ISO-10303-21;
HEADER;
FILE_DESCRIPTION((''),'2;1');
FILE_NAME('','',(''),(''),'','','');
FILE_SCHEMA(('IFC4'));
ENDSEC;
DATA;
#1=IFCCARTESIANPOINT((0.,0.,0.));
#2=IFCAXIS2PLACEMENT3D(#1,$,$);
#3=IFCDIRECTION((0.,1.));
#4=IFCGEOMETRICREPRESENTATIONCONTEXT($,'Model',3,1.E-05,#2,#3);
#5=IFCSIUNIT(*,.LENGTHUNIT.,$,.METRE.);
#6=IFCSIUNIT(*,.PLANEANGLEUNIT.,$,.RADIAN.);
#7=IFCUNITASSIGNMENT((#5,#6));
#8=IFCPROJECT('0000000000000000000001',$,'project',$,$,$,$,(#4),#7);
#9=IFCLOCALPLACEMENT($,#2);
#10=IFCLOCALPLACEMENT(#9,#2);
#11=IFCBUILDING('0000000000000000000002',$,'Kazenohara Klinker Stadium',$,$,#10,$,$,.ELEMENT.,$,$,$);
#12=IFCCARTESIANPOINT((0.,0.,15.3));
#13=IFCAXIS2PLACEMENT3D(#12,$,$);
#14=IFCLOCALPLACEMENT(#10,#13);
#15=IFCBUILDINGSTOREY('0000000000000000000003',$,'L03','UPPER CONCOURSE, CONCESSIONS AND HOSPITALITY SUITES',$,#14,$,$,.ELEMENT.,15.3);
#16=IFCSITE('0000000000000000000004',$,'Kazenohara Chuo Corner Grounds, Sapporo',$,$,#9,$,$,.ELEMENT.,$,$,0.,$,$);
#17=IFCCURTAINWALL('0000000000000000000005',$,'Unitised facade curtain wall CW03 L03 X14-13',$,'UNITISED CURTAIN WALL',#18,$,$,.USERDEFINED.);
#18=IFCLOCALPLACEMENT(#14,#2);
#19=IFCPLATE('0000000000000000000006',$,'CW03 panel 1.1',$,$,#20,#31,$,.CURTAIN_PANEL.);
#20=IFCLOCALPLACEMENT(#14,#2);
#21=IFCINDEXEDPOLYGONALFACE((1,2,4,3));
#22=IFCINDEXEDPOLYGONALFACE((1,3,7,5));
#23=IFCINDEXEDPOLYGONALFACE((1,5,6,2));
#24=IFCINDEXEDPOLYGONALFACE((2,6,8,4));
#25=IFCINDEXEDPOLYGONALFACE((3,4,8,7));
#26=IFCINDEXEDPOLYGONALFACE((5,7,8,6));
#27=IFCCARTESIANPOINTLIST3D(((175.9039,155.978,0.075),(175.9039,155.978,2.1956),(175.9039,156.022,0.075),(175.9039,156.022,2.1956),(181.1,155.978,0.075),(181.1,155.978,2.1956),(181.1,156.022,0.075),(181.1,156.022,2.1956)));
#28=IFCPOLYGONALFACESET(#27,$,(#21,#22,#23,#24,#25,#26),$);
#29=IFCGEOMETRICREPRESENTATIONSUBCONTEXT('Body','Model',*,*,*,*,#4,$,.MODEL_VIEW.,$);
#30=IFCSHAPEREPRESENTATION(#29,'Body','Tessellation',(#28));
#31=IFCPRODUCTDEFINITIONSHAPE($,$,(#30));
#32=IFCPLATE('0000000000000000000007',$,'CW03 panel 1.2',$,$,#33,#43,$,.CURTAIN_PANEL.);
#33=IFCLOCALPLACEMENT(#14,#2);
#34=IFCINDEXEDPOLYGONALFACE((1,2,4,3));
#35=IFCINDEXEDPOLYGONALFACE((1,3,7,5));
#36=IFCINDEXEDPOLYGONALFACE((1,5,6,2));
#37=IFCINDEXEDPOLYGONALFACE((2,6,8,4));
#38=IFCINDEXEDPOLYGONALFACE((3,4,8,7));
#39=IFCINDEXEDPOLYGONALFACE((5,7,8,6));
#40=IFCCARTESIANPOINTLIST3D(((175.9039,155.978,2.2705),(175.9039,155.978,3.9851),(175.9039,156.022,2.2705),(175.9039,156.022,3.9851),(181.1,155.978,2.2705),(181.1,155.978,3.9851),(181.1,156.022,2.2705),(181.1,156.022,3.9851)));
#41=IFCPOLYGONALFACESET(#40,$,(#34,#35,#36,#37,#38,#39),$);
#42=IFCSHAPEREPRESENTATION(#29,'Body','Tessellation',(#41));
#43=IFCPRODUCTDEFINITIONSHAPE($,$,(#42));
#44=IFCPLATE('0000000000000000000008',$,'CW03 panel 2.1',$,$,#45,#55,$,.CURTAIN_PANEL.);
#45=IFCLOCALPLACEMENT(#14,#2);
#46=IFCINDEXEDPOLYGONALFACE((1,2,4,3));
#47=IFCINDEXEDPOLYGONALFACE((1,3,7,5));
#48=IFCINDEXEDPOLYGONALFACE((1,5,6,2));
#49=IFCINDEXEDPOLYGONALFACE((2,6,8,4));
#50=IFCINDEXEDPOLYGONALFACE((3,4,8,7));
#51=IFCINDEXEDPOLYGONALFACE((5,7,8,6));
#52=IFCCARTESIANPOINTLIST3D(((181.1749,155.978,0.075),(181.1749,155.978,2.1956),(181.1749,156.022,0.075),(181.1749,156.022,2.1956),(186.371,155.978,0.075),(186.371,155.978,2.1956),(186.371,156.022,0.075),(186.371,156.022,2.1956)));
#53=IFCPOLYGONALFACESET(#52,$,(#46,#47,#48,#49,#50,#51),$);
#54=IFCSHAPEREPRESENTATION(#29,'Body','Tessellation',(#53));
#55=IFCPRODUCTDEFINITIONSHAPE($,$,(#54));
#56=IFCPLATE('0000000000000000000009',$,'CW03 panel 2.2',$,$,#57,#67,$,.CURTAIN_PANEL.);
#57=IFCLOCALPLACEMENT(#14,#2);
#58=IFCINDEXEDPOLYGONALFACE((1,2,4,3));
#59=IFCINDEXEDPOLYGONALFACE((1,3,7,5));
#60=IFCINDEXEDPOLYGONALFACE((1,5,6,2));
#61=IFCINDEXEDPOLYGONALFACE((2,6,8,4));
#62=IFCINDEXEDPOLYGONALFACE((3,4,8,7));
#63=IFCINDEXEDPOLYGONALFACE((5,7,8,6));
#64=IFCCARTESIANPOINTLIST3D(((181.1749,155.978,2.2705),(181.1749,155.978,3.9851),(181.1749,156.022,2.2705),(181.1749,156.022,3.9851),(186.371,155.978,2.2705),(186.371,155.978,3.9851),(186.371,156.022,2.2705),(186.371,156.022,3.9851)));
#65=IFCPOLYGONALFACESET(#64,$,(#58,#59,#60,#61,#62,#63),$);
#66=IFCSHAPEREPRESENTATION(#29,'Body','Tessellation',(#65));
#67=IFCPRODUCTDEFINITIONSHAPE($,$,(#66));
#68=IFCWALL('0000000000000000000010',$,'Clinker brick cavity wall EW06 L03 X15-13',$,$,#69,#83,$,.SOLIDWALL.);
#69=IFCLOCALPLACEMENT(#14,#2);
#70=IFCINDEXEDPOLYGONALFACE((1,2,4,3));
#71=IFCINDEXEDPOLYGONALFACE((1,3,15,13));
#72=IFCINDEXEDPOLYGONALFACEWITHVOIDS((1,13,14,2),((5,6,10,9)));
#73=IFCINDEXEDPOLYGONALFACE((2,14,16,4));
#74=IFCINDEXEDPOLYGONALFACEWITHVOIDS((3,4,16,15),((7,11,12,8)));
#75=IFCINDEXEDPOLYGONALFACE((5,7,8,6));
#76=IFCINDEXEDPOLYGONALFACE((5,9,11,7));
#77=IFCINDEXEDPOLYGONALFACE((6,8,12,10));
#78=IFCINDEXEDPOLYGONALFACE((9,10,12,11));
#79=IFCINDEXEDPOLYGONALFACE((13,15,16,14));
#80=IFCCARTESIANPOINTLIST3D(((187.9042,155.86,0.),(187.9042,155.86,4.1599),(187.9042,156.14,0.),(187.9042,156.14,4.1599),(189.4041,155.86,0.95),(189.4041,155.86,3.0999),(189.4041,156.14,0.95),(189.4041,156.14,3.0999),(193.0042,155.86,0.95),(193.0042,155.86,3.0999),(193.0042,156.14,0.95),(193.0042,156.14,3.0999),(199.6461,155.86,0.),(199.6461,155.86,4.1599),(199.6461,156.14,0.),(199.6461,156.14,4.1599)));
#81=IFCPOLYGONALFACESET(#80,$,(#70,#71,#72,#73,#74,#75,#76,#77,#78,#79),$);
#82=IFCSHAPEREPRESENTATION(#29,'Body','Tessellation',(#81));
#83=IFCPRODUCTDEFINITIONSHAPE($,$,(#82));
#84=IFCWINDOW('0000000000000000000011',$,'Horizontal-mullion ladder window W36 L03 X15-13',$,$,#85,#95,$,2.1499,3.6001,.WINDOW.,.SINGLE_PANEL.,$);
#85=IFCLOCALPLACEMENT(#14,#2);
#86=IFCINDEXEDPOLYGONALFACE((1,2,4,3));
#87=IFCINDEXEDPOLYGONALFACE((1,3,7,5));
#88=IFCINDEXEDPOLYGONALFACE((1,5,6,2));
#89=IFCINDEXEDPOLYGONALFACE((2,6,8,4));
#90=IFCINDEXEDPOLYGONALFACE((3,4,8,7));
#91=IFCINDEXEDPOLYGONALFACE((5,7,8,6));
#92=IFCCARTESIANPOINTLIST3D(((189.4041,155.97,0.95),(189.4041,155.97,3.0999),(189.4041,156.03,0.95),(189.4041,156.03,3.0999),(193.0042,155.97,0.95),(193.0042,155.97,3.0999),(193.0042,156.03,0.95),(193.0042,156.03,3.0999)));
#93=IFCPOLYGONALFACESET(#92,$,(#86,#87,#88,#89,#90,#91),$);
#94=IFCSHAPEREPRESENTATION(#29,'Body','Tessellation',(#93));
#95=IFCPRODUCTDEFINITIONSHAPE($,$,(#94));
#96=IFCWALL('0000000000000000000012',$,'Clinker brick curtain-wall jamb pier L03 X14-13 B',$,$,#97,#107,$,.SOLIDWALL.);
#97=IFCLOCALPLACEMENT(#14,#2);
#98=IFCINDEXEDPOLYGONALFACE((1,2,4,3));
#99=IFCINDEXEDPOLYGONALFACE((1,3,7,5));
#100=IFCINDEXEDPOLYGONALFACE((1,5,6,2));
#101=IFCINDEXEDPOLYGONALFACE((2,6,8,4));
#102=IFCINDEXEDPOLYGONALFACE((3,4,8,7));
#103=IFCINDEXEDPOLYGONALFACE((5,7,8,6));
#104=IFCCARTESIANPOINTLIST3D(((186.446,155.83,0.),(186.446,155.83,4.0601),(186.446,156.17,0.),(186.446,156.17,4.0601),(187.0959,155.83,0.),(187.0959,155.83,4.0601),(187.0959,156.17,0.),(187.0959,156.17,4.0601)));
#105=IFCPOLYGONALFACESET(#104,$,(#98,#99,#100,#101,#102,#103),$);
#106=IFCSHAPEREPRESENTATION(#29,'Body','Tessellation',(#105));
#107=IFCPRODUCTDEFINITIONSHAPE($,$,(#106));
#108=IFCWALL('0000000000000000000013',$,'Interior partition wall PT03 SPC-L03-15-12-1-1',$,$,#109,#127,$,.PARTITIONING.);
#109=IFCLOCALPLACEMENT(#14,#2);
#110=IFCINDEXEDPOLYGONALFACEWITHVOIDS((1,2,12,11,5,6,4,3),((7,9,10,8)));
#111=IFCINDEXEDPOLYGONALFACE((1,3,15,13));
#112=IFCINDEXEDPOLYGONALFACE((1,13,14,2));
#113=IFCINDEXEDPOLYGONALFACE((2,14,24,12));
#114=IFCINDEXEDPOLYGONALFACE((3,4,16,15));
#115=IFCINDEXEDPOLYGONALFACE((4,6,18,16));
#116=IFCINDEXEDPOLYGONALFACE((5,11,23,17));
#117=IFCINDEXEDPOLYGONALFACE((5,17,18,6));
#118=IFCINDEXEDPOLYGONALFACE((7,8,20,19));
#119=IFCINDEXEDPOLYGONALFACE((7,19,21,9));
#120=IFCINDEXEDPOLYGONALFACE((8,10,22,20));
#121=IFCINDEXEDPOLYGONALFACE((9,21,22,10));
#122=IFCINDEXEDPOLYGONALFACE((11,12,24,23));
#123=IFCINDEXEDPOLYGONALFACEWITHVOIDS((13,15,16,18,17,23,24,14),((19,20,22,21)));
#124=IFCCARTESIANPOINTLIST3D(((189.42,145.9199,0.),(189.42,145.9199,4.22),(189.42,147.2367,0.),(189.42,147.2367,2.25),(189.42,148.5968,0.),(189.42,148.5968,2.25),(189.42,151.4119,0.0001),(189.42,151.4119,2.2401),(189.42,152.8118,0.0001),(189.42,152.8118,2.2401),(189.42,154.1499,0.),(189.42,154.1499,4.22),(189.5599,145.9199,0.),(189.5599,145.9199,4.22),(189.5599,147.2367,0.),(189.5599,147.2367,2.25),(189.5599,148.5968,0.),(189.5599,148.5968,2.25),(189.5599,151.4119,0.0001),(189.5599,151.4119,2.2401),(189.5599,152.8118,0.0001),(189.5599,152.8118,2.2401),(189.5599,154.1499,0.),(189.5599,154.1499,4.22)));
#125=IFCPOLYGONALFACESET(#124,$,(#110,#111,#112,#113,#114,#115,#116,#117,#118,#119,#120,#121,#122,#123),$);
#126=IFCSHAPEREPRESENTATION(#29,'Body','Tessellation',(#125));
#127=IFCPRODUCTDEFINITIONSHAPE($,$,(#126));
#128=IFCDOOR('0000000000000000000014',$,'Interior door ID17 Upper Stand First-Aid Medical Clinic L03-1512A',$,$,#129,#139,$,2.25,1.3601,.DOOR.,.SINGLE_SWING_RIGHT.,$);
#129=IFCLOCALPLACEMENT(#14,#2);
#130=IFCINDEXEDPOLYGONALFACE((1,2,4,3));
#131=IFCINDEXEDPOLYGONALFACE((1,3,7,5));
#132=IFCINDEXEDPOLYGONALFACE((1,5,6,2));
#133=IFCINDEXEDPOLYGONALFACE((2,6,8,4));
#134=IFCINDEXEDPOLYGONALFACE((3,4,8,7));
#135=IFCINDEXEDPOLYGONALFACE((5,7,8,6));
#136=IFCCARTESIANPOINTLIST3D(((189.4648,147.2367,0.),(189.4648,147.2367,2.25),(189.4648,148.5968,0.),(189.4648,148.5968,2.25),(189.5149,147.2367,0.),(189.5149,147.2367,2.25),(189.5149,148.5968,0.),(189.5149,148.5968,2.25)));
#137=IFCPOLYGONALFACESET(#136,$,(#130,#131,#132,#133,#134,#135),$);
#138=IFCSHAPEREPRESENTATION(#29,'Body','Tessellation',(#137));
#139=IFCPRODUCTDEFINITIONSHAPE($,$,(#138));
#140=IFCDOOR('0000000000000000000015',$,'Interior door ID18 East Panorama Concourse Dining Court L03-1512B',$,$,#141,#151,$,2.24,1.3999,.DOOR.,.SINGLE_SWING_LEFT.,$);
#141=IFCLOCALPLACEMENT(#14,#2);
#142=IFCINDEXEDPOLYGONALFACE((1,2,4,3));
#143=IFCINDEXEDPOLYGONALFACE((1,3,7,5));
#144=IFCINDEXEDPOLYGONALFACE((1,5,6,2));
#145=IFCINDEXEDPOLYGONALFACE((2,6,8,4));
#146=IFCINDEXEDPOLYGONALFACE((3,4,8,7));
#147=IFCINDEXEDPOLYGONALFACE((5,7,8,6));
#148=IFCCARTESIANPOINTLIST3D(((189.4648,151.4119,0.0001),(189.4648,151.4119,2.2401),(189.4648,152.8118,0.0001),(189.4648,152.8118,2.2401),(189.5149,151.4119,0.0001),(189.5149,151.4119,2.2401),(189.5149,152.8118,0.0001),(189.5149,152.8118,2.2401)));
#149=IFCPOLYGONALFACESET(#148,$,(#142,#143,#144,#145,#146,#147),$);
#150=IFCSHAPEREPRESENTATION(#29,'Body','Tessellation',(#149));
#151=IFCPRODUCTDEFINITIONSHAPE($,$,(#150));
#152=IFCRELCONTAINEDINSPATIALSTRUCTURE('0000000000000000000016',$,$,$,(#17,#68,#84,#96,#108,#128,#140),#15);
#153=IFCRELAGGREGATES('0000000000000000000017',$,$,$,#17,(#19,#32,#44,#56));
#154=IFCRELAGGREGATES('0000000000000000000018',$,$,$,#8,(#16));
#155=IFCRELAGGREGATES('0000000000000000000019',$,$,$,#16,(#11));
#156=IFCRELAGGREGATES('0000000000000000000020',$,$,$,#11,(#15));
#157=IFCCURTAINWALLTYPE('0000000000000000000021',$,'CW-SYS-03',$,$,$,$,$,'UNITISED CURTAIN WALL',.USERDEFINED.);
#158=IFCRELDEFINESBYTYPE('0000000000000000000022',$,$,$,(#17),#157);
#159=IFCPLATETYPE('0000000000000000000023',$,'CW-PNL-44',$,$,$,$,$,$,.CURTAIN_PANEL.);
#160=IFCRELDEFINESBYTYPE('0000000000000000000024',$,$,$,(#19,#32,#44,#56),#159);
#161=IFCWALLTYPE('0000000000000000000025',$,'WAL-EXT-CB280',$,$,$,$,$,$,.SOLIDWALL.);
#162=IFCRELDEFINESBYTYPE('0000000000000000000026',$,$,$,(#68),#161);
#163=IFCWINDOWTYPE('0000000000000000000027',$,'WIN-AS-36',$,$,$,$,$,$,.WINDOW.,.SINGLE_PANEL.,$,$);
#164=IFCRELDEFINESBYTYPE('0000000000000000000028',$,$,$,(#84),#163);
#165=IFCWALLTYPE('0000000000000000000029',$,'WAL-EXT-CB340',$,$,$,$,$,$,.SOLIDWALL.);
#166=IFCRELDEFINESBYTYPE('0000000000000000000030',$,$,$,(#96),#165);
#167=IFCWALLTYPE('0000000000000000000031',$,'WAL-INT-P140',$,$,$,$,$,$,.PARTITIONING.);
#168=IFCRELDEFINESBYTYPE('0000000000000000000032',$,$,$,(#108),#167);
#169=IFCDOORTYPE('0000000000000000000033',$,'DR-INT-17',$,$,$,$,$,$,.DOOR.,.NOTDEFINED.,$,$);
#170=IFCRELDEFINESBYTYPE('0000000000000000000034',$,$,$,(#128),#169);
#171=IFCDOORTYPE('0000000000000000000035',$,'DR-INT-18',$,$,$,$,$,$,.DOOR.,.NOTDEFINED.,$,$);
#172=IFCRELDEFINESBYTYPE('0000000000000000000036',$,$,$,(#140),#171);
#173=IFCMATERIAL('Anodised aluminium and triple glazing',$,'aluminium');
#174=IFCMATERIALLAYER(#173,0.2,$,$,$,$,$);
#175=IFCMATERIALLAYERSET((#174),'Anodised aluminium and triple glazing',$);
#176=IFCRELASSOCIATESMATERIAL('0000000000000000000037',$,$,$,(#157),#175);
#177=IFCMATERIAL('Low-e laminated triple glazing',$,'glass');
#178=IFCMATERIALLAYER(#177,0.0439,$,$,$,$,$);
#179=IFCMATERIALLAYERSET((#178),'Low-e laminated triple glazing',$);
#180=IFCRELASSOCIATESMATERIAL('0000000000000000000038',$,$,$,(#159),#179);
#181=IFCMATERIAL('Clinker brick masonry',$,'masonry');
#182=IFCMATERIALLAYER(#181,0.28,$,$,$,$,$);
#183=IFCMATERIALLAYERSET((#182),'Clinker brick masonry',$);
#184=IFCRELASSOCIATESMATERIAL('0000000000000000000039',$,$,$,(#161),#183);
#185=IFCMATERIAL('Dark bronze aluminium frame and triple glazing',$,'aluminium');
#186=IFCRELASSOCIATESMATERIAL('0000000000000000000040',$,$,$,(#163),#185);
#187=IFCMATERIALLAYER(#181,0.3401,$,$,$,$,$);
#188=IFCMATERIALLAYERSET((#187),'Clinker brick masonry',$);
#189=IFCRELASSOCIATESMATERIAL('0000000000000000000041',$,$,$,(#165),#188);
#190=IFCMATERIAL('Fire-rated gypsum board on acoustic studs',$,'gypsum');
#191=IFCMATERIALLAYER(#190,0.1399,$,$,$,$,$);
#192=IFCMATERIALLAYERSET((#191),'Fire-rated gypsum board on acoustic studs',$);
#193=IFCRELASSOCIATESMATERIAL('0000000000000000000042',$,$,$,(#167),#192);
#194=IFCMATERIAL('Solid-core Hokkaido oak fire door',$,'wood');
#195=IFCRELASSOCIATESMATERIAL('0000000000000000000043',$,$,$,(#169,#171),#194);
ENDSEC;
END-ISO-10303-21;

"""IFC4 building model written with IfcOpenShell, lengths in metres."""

from ifc_helpers import new_model, si_unit, direction, frame, frame_2d, origin, origin_2d, place, context, subcontext, project, spatial, rectangle, extrude, material, layer, layer_set, type_object, element, fill, aggregate, save


model = new_model("IFC4")

# Units and contexts
model_context = context("Model", 3, precision=1e-05, world=origin(), true_north=direction((0.0, 1.0)))
body_context = subcontext(model_context, "Body", "Model", "MODEL_VIEW")
ifc_project = project(units=[si_unit("LENGTHUNIT", "METRE"), si_unit("PLANEANGLEUNIT", "RADIAN")], contexts=[model_context])

# Site, building, storey
site_placement = place(None, origin())
site = spatial("IfcSite", under=ifc_project, at=site_placement, Name="Kazenohara Chuo Corner Grounds, Sapporo", CompositionType="ELEMENT", RefElevation=0.0)
building_placement = place(site_placement, origin())
building = spatial("IfcBuilding", under=site, at=building_placement, Name="Kazenohara Klinker Stadium", CompositionType="ELEMENT")
storey_placement = place(building_placement, frame((0.0, 0.0, 15.3)))
storey = spatial("IfcBuildingStorey", under=building, at=storey_placement, Name="L03", Description="UPPER CONCOURSE, CONCESSIONS AND HOSPITALITY SUITES", CompositionType="ELEMENT", Elevation=15.3)

# Curtain wall, plates
ifc_material_1 = material(Name="Anodised aluminium and triple glazing", Category="aluminium")
ifc_layer_1 = layer(ifc_material_1, 0.2)
ifc_layer_set_1 = layer_set([ifc_layer_1], Name="Anodised aluminium and triple glazing")
curtain_wall_type = type_object("IfcCurtainWallType", Name="CW-SYS-03", ElementType="UNITISED CURTAIN WALL", PredefinedType="USERDEFINED", material=ifc_layer_set_1)
curtain_wall_placement = place(storey_placement, origin())
curtain_wall = element("IfcCurtainWall", 1, at=curtain_wall_placement, inside=storey, type_object=curtain_wall_type, Name="Unitised facade curtain wall CW03 L03 X14-13", ObjectType="UNITISED CURTAIN WALL", PredefinedType="USERDEFINED")
ifc_material_2 = material(Name="Low-e laminated triple glazing", Category="glass")
ifc_layer_2 = layer(ifc_material_2, 0.0439)
ifc_layer_set_2 = layer_set([ifc_layer_2], Name="Low-e laminated triple glazing")
plate_type = type_object("IfcPlateType", Name="CW-PNL-44", PredefinedType="CURTAIN_PANEL", material=ifc_layer_set_2)
plate_1_placement = place(storey_placement, frame((178.502, 156.0, 0.075), z_axis=(0.0, 0.0, 1.0), x_axis=(1.0, 0.0, 0.0)))
plate_1 = element("IfcPlate", 2, at=plate_1_placement, type_object=plate_type, Name="CW03 panel 1.1", PredefinedType="CURTAIN_PANEL", context=body_context, shape_type="SweptSolid", body=[
    extrude(rectangle(XDim=5.196, YDim=0.0439, at=origin_2d()), origin(), (0.0, 0.0, 1.0), 2.1206),
])
plate_2_placement = place(storey_placement, frame((178.502, 156.0, 2.2705), z_axis=(0.0, 0.0, 1.0), x_axis=(1.0, 0.0, 0.0)))
plate_2 = element("IfcPlate", 3, at=plate_2_placement, type_object=plate_type, Name="CW03 panel 1.2", PredefinedType="CURTAIN_PANEL", context=body_context, shape_type="SweptSolid", body=[
    extrude(rectangle(XDim=5.196, YDim=0.0439, at=origin_2d()), origin(), (0.0, 0.0, 1.0), 1.7146),
])
plate_3_placement = place(storey_placement, frame((183.7729, 156.0, 0.075), z_axis=(0.0, 0.0, 1.0), x_axis=(1.0, 0.0, 0.0)))
plate_3 = element("IfcPlate", 4, at=plate_3_placement, type_object=plate_type, Name="CW03 panel 2.1", PredefinedType="CURTAIN_PANEL", context=body_context, shape_type="SweptSolid", body=[
    extrude(rectangle(XDim=5.196, YDim=0.0439, at=origin_2d()), origin(), (0.0, 0.0, 1.0), 2.1206),
])
plate_4_placement = place(storey_placement, frame((183.7729, 156.0, 2.2705), z_axis=(0.0, 0.0, 1.0), x_axis=(1.0, 0.0, 0.0)))
plate_4 = element("IfcPlate", 5, at=plate_4_placement, type_object=plate_type, Name="CW03 panel 2.2", PredefinedType="CURTAIN_PANEL", context=body_context, shape_type="SweptSolid", body=[
    extrude(rectangle(XDim=5.196, YDim=0.0439, at=origin_2d()), origin(), (0.0, 0.0, 1.0), 1.7146),
])
aggregate(curtain_wall, [plate_1, plate_2, plate_3, plate_4])

# Wall, opening, window
ifc_material_3 = material(Name="Clinker brick masonry", Category="masonry")
ifc_layer_3 = layer(ifc_material_3, 0.28)
ifc_layer_set_3 = layer_set([ifc_layer_3], Name="Clinker brick masonry")
wall_type_1 = type_object("IfcWallType", Name="WAL-EXT-CB280", PredefinedType="SOLIDWALL", material=ifc_layer_set_3)
wall_1_placement = place(storey_placement, frame((187.9041, 156.0, 0.0), z_axis=(0.0, 0.0, 1.0), x_axis=(1.0, 0.0, 0.0)))
wall_1 = element("IfcWall", 6, at=wall_1_placement, inside=storey, type_object=wall_type_1, Name="Clinker brick cavity wall EW06 L03 X15-13", PredefinedType="SOLIDWALL", context=body_context, shape_type="SweptSolid", body=[
    extrude(rectangle(XDim=11.7419, YDim=0.28, at=frame_2d((5.8711, 0.0))), origin(), (0.0, 0.0, 1.0), 4.1599),
])
opening_1_placement = place(wall_1_placement, frame((1.5, 0.0, 0.95)))
opening_1 = element("IfcOpeningElement", 7, at=opening_1_placement, cuts=wall_1, PredefinedType="OPENING", context=body_context, shape_type="SweptSolid", body=[
    extrude(rectangle(XDim=3.6001, YDim=2.1499, at=frame_2d((1.8, 1.075))), frame((0.0, 0.1499, 0.0), z_axis=(0.0, -1.0, 0.0), x_axis=(1.0, 0.0, 0.0)), (0.0, 0.0, 1.0), 0.3),
])
ifc_material_4 = material(Name="Dark bronze aluminium frame and triple glazing", Category="aluminium")
window_type = type_object("IfcWindowType", Name="WIN-AS-36", PartitioningType="SINGLE_PANEL", PredefinedType="WINDOW", material=ifc_material_4)
window_placement = place(opening_1_placement, origin())
window = element("IfcWindow", 8, at=window_placement, inside=storey, type_object=window_type, Name="Horizontal-mullion ladder window W36 L03 X15-13", OverallHeight=2.1499, OverallWidth=3.6001, PartitioningType="SINGLE_PANEL", PredefinedType="WINDOW", context=body_context, shape_type="SweptSolid", body=[
    extrude(rectangle(XDim=3.6001, YDim=2.1499, at=frame_2d((1.8, 1.075))), frame((0.0, 0.03, 0.0), z_axis=(0.0, -1.0, 0.0), x_axis=(1.0, 0.0, 0.0)), (0.0, 0.0, 1.0), 0.0601),
])
fill(opening_1, window)

# Wall
ifc_layer_4 = layer(ifc_material_3, 0.3401)
ifc_layer_set_4 = layer_set([ifc_layer_4], Name="Clinker brick masonry")
wall_type_2 = type_object("IfcWallType", Name="WAL-EXT-CB340", PredefinedType="SOLIDWALL", material=ifc_layer_set_4)
wall_2_placement = place(storey_placement, frame((186.446, 156.0, 0.0), z_axis=(0.0, 0.0, 1.0), x_axis=(1.0, 0.0, 0.0)))
element("IfcWall", 9, at=wall_2_placement, inside=storey, type_object=wall_type_2, Name="Clinker brick curtain-wall jamb pier L03 X14-13 B", PredefinedType="SOLIDWALL", context=body_context, shape_type="SweptSolid", body=[
    extrude(rectangle(XDim=0.6499, YDim=0.3401, at=frame_2d((0.325, 0.0))), origin(), (0.0, 0.0, 1.0), 4.0601),
])

# Wall, openings, doors
ifc_material_5 = material(Name="Fire-rated gypsum board on acoustic studs", Category="gypsum")
ifc_layer_5 = layer(ifc_material_5, 0.1399)
ifc_layer_set_5 = layer_set([ifc_layer_5], Name="Fire-rated gypsum board on acoustic studs")
wall_type_3 = type_object("IfcWallType", Name="WAL-INT-P140", PredefinedType="PARTITIONING", material=ifc_layer_set_5)
wall_3_placement = place(storey_placement, frame((189.49, 145.9199, 0.0), z_axis=(0.0, 0.0, 1.0), x_axis=(0.0, 1.0, 0.0)))
wall_3 = element("IfcWall", 10, at=wall_3_placement, inside=storey, type_object=wall_type_3, Name="Interior partition wall PT03 SPC-L03-15-12-1-1", PredefinedType="PARTITIONING", context=body_context, shape_type="SweptSolid", body=[
    extrude(rectangle(XDim=8.23, YDim=0.1399, at=frame_2d((4.115, 0.0))), origin(), (0.0, 0.0, 1.0), 4.22),
])
opening_2_placement = place(wall_3_placement, frame((2.677, 0.0, 0.0), z_axis=(0.0, 0.0, 1.0), x_axis=(-1.0, 0.0, 0.0)))
opening_2 = element("IfcOpeningElement", 11, at=opening_2_placement, cuts=wall_3, PredefinedType="OPENING", context=body_context, shape_type="SweptSolid", body=[
    extrude(rectangle(XDim=1.3601, YDim=2.25, at=frame_2d((0.6802, 1.125))), frame((0.0, 0.0801, 0.0), z_axis=(0.0, -1.0, 0.0), x_axis=(1.0, 0.0, 0.0)), (0.0, 0.0, 1.0), 0.1599),
])
opening_3_placement = place(wall_3_placement, frame((6.8918, 0.0, 0.0), z_axis=(0.0, 0.0, 1.0), x_axis=(-1.0, 0.0, 0.0)))
opening_3 = element("IfcOpeningElement", 12, at=opening_3_placement, cuts=wall_3, PredefinedType="OPENING", context=body_context, shape_type="SweptSolid", body=[
    extrude(rectangle(XDim=1.3999, YDim=2.24, at=frame_2d((0.7, 1.1201))), frame((0.0, 0.0801, 0.0), z_axis=(0.0, -1.0, 0.0), x_axis=(1.0, 0.0, 0.0)), (0.0, 0.0, 1.0), 0.1599),
])
ifc_material_6 = material(Name="Solid-core Hokkaido oak fire door", Category="wood")
door_type_1 = type_object("IfcDoorType", Name="DR-INT-17", OperationType="NOTDEFINED", PredefinedType="DOOR", material=ifc_material_6)
door_1_placement = place(opening_2_placement, origin())
door_1 = element("IfcDoor", 13, at=door_1_placement, inside=storey, type_object=door_type_1, Name="Interior door ID17 Upper Stand First-Aid Medical Clinic L03-1512A", OperationType="SINGLE_SWING_RIGHT", OverallHeight=2.25, OverallWidth=1.3601, PredefinedType="DOOR", context=body_context, shape_type="SweptSolid", body=[
    extrude(rectangle(XDim=1.3601, YDim=2.25, at=frame_2d((0.6802, 1.125))), frame((0.0, 0.0249, 0.0), z_axis=(0.0, -1.0, 0.0), x_axis=(1.0, 0.0, 0.0)), (0.0, 0.0, 1.0), 0.05),
])
fill(opening_2, door_1)
door_type_2 = type_object("IfcDoorType", Name="DR-INT-18", OperationType="NOTDEFINED", PredefinedType="DOOR", material=ifc_material_6)
door_2_placement = place(opening_3_placement, origin())
door_2 = element("IfcDoor", 14, at=door_2_placement, inside=storey, type_object=door_type_2, Name="Interior door ID18 East Panorama Concourse Dining Court L03-1512B", OperationType="SINGLE_SWING_LEFT", OverallHeight=2.24, OverallWidth=1.3999, PredefinedType="DOOR", context=body_context, shape_type="SweptSolid", body=[
    extrude(rectangle(XDim=1.3999, YDim=2.24, at=frame_2d((0.7, 1.1201))), frame((0.0, 0.0249, 0.0), z_axis=(0.0, -1.0, 0.0), x_axis=(1.0, 0.0, 0.0)), (0.0, 0.0, 1.0), 0.05),
])
fill(opening_3, door_2)

save(model, "model.ifc")
